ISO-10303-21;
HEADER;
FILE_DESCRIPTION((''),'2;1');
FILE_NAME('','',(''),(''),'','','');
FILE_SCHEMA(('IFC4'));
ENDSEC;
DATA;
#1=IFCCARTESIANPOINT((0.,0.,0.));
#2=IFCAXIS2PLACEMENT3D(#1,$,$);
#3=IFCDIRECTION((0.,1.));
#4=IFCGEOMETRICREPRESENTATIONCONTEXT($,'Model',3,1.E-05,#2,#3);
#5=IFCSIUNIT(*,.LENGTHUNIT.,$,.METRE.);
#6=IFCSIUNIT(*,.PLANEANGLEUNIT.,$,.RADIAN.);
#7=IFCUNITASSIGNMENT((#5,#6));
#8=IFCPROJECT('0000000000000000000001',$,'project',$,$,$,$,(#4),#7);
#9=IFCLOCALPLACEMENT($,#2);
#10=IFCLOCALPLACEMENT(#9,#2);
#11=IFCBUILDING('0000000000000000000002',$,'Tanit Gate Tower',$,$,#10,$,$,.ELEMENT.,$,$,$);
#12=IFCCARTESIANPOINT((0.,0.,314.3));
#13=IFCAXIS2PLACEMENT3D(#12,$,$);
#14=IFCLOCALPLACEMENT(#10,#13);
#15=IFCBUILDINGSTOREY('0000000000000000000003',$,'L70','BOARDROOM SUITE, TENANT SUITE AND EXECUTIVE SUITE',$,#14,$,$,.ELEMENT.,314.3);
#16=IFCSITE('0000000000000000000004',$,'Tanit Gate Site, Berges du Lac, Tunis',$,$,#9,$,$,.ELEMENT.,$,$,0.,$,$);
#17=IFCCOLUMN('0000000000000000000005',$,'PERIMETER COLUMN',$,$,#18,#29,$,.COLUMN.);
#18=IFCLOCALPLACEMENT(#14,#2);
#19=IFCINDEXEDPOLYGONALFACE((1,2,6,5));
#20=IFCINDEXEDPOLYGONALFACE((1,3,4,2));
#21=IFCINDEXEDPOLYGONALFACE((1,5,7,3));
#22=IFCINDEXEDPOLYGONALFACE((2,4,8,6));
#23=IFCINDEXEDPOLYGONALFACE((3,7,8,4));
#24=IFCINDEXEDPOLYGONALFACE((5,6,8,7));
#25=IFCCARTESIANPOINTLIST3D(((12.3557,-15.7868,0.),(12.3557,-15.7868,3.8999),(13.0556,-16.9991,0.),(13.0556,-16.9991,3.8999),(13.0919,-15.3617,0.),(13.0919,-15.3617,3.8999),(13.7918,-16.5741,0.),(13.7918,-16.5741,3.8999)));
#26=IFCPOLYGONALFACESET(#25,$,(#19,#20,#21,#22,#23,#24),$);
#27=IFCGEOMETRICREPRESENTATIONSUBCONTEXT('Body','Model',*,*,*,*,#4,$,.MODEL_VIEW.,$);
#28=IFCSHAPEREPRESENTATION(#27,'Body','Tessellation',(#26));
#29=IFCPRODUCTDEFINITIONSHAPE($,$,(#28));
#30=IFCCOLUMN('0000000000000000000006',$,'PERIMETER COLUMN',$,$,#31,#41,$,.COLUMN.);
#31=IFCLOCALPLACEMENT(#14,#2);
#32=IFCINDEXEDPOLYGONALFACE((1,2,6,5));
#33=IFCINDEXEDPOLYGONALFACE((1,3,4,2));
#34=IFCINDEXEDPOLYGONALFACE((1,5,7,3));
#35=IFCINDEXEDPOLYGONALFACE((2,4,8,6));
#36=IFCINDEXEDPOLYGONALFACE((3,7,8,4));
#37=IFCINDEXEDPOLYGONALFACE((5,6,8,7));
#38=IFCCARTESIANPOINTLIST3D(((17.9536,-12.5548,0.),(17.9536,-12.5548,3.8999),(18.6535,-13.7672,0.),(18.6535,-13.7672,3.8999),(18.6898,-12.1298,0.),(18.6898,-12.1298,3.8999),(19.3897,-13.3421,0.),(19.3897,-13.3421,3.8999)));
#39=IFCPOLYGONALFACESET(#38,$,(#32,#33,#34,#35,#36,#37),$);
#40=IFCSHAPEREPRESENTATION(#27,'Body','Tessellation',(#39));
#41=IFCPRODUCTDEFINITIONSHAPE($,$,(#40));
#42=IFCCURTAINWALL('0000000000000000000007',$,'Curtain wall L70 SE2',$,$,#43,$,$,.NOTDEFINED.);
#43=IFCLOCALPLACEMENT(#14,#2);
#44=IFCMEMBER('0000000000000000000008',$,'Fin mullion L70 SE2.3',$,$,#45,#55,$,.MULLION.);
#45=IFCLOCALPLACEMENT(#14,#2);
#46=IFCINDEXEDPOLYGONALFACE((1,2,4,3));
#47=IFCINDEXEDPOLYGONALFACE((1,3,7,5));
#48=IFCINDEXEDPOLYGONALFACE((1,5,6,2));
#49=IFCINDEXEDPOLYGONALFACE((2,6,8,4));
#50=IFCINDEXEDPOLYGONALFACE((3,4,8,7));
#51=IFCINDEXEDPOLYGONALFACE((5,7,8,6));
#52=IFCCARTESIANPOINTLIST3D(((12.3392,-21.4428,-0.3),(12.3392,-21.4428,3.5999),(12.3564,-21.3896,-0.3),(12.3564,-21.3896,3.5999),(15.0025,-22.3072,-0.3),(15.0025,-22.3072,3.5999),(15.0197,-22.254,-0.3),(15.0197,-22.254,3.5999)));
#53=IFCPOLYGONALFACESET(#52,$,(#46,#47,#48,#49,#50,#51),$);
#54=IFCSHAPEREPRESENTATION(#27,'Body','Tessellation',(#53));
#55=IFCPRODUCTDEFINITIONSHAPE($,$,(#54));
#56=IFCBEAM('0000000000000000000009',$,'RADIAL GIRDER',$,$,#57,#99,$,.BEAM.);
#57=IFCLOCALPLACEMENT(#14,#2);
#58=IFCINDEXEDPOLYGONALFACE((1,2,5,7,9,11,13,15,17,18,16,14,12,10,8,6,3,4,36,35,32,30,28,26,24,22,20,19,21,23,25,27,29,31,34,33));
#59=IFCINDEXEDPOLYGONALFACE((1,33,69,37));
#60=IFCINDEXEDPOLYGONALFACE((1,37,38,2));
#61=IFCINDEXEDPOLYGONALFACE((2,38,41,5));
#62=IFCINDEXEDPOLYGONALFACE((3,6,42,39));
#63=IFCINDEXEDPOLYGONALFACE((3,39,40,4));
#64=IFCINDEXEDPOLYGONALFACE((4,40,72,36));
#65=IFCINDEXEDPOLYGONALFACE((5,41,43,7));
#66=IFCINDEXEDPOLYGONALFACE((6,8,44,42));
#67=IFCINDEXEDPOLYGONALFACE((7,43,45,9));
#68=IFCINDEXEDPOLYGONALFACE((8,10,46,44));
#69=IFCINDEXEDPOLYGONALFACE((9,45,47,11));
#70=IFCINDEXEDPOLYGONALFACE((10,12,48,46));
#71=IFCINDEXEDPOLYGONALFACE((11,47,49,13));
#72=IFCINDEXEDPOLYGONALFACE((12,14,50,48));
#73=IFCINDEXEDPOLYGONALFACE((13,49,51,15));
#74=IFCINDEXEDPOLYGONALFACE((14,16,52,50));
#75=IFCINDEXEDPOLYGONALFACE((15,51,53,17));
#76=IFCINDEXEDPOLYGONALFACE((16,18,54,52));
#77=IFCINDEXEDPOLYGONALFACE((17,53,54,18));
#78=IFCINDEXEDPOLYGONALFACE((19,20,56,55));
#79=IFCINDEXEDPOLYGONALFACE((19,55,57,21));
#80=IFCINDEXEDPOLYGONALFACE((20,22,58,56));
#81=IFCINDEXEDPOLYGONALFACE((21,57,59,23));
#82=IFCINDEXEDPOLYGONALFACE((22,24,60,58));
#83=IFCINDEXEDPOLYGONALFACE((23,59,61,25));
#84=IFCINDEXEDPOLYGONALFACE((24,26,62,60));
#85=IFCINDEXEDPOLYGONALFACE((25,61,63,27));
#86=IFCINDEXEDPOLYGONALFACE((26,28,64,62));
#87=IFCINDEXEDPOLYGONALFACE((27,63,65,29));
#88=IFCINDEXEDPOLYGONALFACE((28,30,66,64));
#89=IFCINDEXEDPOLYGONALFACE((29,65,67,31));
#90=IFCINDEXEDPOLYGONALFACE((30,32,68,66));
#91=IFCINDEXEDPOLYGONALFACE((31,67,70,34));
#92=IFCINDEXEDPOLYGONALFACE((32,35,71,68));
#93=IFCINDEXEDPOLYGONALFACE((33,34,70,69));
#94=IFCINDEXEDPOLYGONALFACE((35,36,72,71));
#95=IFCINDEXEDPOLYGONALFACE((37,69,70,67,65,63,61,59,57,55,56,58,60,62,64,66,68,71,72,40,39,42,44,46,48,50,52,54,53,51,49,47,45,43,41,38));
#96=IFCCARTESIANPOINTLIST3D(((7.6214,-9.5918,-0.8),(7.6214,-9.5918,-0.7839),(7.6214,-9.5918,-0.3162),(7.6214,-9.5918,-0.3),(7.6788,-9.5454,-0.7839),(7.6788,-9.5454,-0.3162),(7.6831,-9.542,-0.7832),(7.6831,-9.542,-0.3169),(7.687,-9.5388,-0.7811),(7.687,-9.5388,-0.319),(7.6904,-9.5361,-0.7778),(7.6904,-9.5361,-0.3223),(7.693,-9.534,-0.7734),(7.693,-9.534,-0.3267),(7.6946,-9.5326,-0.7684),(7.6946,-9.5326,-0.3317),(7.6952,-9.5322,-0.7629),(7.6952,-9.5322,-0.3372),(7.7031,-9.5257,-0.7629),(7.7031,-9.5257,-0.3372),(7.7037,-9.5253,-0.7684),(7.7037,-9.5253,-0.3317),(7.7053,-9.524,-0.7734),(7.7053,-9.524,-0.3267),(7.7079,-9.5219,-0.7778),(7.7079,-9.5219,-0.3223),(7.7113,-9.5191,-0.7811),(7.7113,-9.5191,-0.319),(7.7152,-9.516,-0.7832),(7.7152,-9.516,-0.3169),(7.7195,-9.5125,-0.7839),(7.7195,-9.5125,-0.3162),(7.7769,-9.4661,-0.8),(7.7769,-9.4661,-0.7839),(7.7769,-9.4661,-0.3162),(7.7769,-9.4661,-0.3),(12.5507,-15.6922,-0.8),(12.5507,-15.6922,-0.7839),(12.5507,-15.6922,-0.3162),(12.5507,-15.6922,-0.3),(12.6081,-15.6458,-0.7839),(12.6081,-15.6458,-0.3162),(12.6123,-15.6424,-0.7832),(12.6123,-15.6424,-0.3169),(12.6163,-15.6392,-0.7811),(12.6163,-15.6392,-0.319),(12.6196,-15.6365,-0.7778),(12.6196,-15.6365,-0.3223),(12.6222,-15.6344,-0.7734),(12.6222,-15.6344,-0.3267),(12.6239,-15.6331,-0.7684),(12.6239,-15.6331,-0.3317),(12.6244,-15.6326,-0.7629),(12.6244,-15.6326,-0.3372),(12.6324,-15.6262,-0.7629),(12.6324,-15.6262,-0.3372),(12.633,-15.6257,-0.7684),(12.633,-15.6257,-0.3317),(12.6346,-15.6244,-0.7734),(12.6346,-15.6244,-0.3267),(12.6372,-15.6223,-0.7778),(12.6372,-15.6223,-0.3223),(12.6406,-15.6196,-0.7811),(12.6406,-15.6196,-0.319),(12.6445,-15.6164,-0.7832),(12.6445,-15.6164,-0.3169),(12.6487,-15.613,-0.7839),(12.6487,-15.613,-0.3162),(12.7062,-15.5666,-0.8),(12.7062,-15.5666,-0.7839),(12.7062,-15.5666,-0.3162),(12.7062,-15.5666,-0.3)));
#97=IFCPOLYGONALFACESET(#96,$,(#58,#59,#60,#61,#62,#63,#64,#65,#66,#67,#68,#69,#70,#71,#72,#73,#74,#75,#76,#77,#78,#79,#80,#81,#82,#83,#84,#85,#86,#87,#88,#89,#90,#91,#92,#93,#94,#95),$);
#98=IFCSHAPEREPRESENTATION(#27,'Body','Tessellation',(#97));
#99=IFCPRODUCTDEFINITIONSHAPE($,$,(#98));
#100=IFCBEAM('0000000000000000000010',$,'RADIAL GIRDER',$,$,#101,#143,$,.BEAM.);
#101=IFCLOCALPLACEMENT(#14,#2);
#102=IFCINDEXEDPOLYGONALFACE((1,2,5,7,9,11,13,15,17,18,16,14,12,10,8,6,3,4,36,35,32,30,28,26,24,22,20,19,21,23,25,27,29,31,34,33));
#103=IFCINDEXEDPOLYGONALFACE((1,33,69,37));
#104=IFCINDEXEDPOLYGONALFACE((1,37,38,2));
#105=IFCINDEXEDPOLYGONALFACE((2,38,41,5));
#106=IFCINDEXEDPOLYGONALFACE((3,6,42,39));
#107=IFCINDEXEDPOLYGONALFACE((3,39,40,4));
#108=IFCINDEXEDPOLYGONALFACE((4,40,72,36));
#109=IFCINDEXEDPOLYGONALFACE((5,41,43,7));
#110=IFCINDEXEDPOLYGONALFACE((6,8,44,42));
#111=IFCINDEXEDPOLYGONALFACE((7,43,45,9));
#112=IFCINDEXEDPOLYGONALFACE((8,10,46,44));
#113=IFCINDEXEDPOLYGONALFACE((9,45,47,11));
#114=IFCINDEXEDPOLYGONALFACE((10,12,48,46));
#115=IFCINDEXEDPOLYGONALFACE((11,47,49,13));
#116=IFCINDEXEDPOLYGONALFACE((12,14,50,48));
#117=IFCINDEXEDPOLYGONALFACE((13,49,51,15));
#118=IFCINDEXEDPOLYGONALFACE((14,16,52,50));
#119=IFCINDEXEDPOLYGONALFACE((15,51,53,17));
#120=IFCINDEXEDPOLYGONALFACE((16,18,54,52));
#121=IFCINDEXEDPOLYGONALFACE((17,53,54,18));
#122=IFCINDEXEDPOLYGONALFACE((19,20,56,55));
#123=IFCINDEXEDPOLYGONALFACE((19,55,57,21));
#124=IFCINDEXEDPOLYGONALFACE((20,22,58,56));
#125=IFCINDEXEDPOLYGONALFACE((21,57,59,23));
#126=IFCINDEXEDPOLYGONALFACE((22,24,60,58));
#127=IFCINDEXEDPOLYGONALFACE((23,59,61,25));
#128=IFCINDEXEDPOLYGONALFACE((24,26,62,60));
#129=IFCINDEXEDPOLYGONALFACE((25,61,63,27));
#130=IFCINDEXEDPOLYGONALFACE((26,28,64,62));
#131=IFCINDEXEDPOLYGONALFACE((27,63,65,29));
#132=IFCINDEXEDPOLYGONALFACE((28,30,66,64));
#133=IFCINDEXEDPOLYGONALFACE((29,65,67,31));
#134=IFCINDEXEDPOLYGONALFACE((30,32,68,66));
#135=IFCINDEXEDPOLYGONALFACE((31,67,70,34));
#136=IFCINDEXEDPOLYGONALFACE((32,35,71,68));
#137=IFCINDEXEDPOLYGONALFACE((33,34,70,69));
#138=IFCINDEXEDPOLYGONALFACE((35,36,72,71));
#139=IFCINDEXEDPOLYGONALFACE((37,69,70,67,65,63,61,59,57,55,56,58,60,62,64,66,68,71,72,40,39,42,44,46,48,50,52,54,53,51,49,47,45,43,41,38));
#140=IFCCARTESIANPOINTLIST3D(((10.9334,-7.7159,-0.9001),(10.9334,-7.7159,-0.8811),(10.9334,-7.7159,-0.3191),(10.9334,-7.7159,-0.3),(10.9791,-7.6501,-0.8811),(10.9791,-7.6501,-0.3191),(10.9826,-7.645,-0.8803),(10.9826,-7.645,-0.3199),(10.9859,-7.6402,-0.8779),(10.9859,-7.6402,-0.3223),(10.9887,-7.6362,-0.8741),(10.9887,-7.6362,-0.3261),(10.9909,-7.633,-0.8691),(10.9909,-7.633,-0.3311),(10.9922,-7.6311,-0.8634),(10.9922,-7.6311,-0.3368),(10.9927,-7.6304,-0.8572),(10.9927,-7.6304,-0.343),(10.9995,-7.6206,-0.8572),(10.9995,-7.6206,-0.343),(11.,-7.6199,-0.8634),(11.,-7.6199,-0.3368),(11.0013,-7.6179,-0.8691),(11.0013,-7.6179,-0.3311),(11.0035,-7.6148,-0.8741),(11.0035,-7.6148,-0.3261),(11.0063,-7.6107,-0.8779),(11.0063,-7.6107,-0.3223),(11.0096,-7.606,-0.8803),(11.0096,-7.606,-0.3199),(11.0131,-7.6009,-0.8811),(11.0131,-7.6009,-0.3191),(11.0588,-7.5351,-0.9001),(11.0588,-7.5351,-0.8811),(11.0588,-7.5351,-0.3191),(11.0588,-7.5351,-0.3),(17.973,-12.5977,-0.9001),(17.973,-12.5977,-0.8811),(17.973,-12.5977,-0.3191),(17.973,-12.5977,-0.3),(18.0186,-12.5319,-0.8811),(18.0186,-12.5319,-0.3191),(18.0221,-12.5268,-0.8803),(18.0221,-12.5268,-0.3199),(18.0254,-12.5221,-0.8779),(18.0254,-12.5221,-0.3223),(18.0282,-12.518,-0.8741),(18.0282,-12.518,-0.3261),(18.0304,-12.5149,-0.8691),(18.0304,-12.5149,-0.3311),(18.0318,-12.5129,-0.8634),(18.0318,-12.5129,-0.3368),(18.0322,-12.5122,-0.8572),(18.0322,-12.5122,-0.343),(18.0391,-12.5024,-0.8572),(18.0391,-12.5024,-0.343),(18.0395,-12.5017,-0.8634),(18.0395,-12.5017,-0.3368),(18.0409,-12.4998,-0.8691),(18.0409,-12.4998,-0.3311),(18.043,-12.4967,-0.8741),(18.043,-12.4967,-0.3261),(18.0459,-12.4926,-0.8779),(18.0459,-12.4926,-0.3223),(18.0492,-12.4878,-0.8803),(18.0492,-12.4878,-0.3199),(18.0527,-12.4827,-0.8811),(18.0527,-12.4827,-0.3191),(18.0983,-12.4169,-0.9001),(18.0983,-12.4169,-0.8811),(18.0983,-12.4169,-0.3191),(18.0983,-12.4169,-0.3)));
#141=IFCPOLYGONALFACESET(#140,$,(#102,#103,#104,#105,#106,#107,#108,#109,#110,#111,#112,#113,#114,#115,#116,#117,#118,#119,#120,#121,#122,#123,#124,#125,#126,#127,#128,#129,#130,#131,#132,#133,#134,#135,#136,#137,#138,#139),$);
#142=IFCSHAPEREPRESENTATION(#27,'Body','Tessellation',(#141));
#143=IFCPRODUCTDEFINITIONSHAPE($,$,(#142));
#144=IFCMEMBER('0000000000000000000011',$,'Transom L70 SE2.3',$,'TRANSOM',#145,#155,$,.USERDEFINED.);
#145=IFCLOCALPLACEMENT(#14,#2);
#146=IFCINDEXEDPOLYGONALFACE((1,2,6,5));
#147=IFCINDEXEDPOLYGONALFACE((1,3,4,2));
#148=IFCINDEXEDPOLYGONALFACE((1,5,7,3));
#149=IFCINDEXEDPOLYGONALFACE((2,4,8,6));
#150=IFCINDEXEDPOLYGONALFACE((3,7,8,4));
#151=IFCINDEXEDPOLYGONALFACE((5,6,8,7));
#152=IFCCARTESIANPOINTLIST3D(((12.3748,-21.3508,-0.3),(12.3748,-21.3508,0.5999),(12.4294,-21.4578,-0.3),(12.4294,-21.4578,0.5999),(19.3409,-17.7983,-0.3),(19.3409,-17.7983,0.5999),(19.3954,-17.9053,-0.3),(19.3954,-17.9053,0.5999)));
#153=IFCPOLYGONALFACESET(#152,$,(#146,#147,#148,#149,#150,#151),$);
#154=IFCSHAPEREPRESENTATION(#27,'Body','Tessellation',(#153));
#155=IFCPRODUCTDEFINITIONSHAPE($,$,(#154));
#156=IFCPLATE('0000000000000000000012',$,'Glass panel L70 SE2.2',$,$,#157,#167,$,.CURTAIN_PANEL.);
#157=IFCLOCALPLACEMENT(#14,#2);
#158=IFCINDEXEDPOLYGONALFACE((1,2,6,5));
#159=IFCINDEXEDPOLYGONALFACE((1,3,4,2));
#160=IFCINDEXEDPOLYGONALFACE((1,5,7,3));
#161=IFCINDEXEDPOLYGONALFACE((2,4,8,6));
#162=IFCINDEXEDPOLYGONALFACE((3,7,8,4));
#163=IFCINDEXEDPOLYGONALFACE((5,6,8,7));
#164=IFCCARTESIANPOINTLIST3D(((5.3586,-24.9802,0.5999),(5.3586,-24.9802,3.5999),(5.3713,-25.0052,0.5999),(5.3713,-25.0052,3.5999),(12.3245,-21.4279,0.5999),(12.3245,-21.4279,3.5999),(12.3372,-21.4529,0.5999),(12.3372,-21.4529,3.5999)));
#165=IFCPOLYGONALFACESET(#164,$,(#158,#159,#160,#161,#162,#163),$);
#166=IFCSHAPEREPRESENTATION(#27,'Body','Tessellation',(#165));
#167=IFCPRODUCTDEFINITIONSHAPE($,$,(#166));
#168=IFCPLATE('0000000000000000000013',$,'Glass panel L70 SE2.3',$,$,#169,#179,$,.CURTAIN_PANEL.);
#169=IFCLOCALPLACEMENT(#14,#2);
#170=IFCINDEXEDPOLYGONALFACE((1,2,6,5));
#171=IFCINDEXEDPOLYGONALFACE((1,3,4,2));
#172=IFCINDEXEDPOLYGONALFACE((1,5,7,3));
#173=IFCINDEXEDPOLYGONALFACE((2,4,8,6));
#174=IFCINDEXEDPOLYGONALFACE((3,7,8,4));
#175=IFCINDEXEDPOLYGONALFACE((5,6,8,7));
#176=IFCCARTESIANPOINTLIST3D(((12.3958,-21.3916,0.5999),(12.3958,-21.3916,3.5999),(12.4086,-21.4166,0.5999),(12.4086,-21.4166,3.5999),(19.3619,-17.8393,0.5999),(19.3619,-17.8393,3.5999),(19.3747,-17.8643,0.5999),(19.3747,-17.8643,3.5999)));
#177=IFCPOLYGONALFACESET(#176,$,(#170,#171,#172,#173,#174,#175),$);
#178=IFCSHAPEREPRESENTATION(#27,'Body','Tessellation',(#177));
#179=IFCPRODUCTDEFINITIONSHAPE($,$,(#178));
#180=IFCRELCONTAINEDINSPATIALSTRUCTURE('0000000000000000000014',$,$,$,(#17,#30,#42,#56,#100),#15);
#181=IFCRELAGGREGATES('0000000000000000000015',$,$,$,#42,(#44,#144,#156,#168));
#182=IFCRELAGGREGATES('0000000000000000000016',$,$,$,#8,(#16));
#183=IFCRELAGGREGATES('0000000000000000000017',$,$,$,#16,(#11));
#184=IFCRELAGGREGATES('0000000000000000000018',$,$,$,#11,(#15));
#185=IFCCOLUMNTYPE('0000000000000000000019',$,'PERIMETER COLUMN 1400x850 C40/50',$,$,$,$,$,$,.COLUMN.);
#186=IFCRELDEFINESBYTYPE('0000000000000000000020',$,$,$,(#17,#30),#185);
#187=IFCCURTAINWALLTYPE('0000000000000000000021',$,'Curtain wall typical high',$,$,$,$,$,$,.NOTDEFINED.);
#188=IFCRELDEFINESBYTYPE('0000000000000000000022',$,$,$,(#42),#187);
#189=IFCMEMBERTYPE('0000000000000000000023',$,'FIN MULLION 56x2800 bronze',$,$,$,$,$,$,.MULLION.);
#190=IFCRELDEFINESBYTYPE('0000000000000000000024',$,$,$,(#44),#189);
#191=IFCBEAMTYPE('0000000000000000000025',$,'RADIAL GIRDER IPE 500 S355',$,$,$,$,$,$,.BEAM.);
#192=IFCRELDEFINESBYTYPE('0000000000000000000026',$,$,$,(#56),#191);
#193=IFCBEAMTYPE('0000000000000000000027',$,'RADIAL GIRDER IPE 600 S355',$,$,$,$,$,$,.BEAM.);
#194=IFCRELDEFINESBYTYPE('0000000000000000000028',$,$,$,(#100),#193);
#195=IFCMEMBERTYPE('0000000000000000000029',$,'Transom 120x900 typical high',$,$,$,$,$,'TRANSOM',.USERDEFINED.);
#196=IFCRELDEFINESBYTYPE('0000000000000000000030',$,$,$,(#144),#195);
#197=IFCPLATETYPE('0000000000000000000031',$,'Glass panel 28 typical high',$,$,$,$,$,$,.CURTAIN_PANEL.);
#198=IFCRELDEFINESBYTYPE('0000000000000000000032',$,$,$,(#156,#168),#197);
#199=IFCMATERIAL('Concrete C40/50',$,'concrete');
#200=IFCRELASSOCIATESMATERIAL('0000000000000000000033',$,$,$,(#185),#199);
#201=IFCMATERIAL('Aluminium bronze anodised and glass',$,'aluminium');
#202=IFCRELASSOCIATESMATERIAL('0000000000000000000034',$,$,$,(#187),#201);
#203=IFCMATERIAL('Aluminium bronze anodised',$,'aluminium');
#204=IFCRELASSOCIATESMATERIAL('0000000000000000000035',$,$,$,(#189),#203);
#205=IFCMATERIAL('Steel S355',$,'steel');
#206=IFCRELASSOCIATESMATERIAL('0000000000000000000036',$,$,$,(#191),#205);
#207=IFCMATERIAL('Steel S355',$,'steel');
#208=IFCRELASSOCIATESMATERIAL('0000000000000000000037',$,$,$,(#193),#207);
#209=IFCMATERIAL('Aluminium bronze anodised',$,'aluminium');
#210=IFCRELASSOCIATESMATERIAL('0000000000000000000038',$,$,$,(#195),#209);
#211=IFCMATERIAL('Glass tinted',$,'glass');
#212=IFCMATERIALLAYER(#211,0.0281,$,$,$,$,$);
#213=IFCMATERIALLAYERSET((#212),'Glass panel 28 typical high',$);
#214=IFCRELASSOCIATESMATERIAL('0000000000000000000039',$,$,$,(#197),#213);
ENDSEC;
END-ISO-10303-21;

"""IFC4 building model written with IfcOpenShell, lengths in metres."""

from ifc_helpers import new_model, si_unit, direction, frame, origin, origin_2d, place, context, subcontext, project, spatial, rectangle, i_section, extrude, material, layer, layer_set, material_profile, profile_set, type_object, element, aggregate, save


model = new_model("IFC4")

# Units and contexts
model_context = context("Model", 3, precision=1e-05, world=origin(), true_north=direction((0.0, 1.0)))
body_context = subcontext(model_context, "Body", "Model", "MODEL_VIEW")
ifc_project = project(units=[si_unit("LENGTHUNIT", "METRE"), si_unit("PLANEANGLEUNIT", "RADIAN")], contexts=[model_context])

# Site, building, storey
site_placement = place(None, origin())
site = spatial("IfcSite", under=ifc_project, at=site_placement, Name="Tanit Gate Site, Berges du Lac, Tunis", CompositionType="ELEMENT", RefElevation=0.0)
building_placement = place(site_placement, origin())
building = spatial("IfcBuilding", under=site, at=building_placement, Name="Tanit Gate Tower", CompositionType="ELEMENT")
storey_placement = place(building_placement, frame((0.0, 0.0, 314.3)))
storey = spatial("IfcBuildingStorey", under=building, at=storey_placement, Name="L70", Description="BOARDROOM SUITE, TENANT SUITE AND EXECUTIVE SUITE", CompositionType="ELEMENT", Elevation=314.3)

# Columns
ifc_material_1 = material(Name="Concrete C40/50", Category="concrete")
ifc_material_profile_1 = material_profile(ifc_material_1, rectangle(XDim=1.3999, YDim=0.8501, at=origin_2d()), Name="RC 1400x850")
ifc_profile_set_1 = profile_set([ifc_material_profile_1], Name="Concrete C40/50")
column_type = type_object("IfcColumnType", Name="PERIMETER COLUMN 1400x850 C40/50", PredefinedType="COLUMN", material=ifc_profile_set_1)
for number, where, z_axis, x_axis, name in (
    (1, (13.0737, -16.1804, 0.0), (0.0, 0.0, 1.0), (0.5, -0.866025, 0.0), "PERIMETER COLUMN"),
    (2, (18.6716, -12.9485, 0.0), (0.0, 0.0, 1.0), (0.5, -0.866025, 0.0), "PERIMETER COLUMN"),
):
    element("IfcColumn", number, at=place(storey_placement, frame(where, z_axis=z_axis, x_axis=x_axis)), inside=storey, type_object=column_type, Name=name, PredefinedType="COLUMN", context=body_context, shape_type="SweptSolid", body=[
        extrude(rectangle(XDim=1.3999, YDim=0.8501, at=origin_2d()), origin(), (0.0, 0.0, 1.0), 3.8999),
    ])

# Curtain wall, member
ifc_material_2 = material(Name="Aluminium bronze anodised and glass", Category="aluminium")
curtain_wall_type = type_object("IfcCurtainWallType", Name="Curtain wall typical high", PredefinedType="NOTDEFINED", material=ifc_material_2)
curtain_wall_placement = place(storey_placement, origin())
curtain_wall = element("IfcCurtainWall", 3, at=curtain_wall_placement, inside=storey, type_object=curtain_wall_type, Name="Curtain wall L70 SE2", PredefinedType="NOTDEFINED")
ifc_material_3 = material(Name="Aluminium bronze anodised", Category="aluminium")
ifc_material_profile_2 = material_profile(ifc_material_3, rectangle(XDim=2.8, YDim=0.0559, at=origin_2d()), Name="56x2800 bronze fin mullion")
ifc_profile_set_2 = profile_set([ifc_material_profile_2], Name="Aluminium bronze anodised")
member_type_1 = type_object("IfcMemberType", Name="FIN MULLION 56x2800 bronze", PredefinedType="MULLION", material=ifc_profile_set_2)
member_1_placement = place(storey_placement, frame((13.6794, -21.8484, -0.3), z_axis=(0.0, 0.0, 1.0), x_axis=(-0.95116, 0.3087, 0.0)))
member_1 = element("IfcMember", 4, at=member_1_placement, type_object=member_type_1, Name="Fin mullion L70 SE2.3", PredefinedType="MULLION", context=body_context, shape_type="SweptSolid", body=[
    extrude(rectangle(XDim=2.8, YDim=0.0559, at=origin_2d()), origin(), (0.0, 0.0, 1.0), 3.8999),
])

# Beams
ifc_material_4 = material(Name="Steel S355", Category="steel")
ifc_material_profile_3 = material_profile(ifc_material_4, i_section(OverallWidth=0.2, OverallDepth=0.5, WebThickness=0.0103, FlangeThickness=0.0161, FilletRadius=0.021, at=origin_2d()), Name="IPE 500")
ifc_profile_set_3 = profile_set([ifc_material_profile_3], Name="Steel S355")
beam_type_1 = type_object("IfcBeamType", Name="RADIAL GIRDER IPE 500 S355", PredefinedType="BEAM", material=ifc_profile_set_3)
beam_1_placement = place(storey_placement, frame((12.6284, -15.6294, -0.55), z_axis=(-0.628491, 0.777817, 0.0), x_axis=(-0.777817, -0.628491, 0.0)))
element("IfcBeam", 5, at=beam_1_placement, inside=storey, type_object=beam_type_1, Name="RADIAL GIRDER", PredefinedType="BEAM", context=body_context, shape_type="SweptSolid", body=[
    extrude(i_section(OverallWidth=0.2, OverallDepth=0.5, WebThickness=0.0103, FlangeThickness=0.0161, FilletRadius=0.021, at=origin_2d()), origin(), (0.0, 0.0, 1.0), 7.843),
])
ifc_material_5 = material(Name="Steel S355", Category="steel")
ifc_material_profile_4 = material_profile(ifc_material_5, i_section(OverallWidth=0.22, OverallDepth=0.6001, WebThickness=0.012, FlangeThickness=0.019, FilletRadius=0.0239, at=origin_2d()), Name="IPE 600")
ifc_profile_set_4 = profile_set([ifc_material_profile_4], Name="Steel S355")
beam_type_2 = type_object("IfcBeamType", Name="RADIAL GIRDER IPE 600 S355", PredefinedType="BEAM", material=ifc_profile_set_4)
beam_2_placement = place(storey_placement, frame((18.0356, -12.5073, -0.6001), z_axis=(-0.821738, 0.569865, 0.0), x_axis=(-0.569865, -0.821738, 0.0)))
element("IfcBeam", 6, at=beam_2_placement, inside=storey, type_object=beam_type_2, Name="RADIAL GIRDER", PredefinedType="BEAM", context=body_context, shape_type="SweptSolid", body=[
    extrude(i_section(OverallWidth=0.22, OverallDepth=0.6001, WebThickness=0.012, FlangeThickness=0.019, FilletRadius=0.0239, at=origin_2d()), origin(), (0.0, 0.0, 1.0), 8.5667),
])

# Member
ifc_material_6 = material(Name="Aluminium bronze anodised", Category="aluminium")
ifc_material_profile_5 = material_profile(ifc_material_6, rectangle(XDim=0.1201, YDim=0.8999, at=origin_2d()), Name="120x900 bronze transom")
ifc_profile_set_5 = profile_set([ifc_material_profile_5], Name="Aluminium bronze anodised")
member_type_2 = type_object("IfcMemberType", Name="Transom 120x900 typical high", ElementType="TRANSOM", PredefinedType="USERDEFINED", material=ifc_profile_set_5)
member_2_placement = place(storey_placement, frame((12.4021, -21.4043, 0.1499), z_axis=(0.890846, 0.454306, 0.0), x_axis=(-0.454306, 0.890846, 0.0)))
member_2 = element("IfcMember", 7, at=member_2_placement, type_object=member_type_2, Name="Transom L70 SE2.3", ObjectType="TRANSOM", PredefinedType="USERDEFINED", context=body_context, shape_type="SweptSolid", body=[
    extrude(rectangle(XDim=0.1201, YDim=0.8999, at=origin_2d()), origin(), (0.0, 0.0, 1.0), 7.8196),
])

# Plates
ifc_material_7 = material(Name="Glass tinted", Category="glass")
ifc_layer_1 = layer(ifc_material_7, 0.0281)
ifc_layer_set_1 = layer_set([ifc_layer_1], Name="Glass panel 28 typical high")
plate_type = type_object("IfcPlateType", Name="Glass panel 28 typical high", PredefinedType="CURTAIN_PANEL", material=ifc_layer_set_1)
plate_1_placement = place(storey_placement, frame((8.8479, -23.2166, 0.5999), z_axis=(0.0, 0.0, 1.0), x_axis=(0.890855, 0.454288, 0.0)))
plate_1 = element("IfcPlate", 8, at=plate_1_placement, type_object=plate_type, Name="Glass panel L70 SE2.2", PredefinedType="CURTAIN_PANEL", context=body_context, shape_type="SweptSolid", body=[
    extrude(rectangle(XDim=7.8193, YDim=0.0281, at=origin_2d()), origin(), (0.0, 0.0, 1.0), 3.0),
])
plate_2_placement = place(storey_placement, frame((15.8853, -19.6279, 0.5999), z_axis=(0.0, 0.0, 1.0), x_axis=(0.890855, 0.454288, 0.0)))
plate_2 = element("IfcPlate", 9, at=plate_2_placement, type_object=plate_type, Name="Glass panel L70 SE2.3", PredefinedType="CURTAIN_PANEL", context=body_context, shape_type="SweptSolid", body=[
    extrude(rectangle(XDim=7.8196, YDim=0.0281, at=origin_2d()), origin(), (0.0, 0.0, 1.0), 3.0),
])
aggregate(curtain_wall, [member_1, member_2, plate_1, plate_2])

save(model, "model.ifc")
